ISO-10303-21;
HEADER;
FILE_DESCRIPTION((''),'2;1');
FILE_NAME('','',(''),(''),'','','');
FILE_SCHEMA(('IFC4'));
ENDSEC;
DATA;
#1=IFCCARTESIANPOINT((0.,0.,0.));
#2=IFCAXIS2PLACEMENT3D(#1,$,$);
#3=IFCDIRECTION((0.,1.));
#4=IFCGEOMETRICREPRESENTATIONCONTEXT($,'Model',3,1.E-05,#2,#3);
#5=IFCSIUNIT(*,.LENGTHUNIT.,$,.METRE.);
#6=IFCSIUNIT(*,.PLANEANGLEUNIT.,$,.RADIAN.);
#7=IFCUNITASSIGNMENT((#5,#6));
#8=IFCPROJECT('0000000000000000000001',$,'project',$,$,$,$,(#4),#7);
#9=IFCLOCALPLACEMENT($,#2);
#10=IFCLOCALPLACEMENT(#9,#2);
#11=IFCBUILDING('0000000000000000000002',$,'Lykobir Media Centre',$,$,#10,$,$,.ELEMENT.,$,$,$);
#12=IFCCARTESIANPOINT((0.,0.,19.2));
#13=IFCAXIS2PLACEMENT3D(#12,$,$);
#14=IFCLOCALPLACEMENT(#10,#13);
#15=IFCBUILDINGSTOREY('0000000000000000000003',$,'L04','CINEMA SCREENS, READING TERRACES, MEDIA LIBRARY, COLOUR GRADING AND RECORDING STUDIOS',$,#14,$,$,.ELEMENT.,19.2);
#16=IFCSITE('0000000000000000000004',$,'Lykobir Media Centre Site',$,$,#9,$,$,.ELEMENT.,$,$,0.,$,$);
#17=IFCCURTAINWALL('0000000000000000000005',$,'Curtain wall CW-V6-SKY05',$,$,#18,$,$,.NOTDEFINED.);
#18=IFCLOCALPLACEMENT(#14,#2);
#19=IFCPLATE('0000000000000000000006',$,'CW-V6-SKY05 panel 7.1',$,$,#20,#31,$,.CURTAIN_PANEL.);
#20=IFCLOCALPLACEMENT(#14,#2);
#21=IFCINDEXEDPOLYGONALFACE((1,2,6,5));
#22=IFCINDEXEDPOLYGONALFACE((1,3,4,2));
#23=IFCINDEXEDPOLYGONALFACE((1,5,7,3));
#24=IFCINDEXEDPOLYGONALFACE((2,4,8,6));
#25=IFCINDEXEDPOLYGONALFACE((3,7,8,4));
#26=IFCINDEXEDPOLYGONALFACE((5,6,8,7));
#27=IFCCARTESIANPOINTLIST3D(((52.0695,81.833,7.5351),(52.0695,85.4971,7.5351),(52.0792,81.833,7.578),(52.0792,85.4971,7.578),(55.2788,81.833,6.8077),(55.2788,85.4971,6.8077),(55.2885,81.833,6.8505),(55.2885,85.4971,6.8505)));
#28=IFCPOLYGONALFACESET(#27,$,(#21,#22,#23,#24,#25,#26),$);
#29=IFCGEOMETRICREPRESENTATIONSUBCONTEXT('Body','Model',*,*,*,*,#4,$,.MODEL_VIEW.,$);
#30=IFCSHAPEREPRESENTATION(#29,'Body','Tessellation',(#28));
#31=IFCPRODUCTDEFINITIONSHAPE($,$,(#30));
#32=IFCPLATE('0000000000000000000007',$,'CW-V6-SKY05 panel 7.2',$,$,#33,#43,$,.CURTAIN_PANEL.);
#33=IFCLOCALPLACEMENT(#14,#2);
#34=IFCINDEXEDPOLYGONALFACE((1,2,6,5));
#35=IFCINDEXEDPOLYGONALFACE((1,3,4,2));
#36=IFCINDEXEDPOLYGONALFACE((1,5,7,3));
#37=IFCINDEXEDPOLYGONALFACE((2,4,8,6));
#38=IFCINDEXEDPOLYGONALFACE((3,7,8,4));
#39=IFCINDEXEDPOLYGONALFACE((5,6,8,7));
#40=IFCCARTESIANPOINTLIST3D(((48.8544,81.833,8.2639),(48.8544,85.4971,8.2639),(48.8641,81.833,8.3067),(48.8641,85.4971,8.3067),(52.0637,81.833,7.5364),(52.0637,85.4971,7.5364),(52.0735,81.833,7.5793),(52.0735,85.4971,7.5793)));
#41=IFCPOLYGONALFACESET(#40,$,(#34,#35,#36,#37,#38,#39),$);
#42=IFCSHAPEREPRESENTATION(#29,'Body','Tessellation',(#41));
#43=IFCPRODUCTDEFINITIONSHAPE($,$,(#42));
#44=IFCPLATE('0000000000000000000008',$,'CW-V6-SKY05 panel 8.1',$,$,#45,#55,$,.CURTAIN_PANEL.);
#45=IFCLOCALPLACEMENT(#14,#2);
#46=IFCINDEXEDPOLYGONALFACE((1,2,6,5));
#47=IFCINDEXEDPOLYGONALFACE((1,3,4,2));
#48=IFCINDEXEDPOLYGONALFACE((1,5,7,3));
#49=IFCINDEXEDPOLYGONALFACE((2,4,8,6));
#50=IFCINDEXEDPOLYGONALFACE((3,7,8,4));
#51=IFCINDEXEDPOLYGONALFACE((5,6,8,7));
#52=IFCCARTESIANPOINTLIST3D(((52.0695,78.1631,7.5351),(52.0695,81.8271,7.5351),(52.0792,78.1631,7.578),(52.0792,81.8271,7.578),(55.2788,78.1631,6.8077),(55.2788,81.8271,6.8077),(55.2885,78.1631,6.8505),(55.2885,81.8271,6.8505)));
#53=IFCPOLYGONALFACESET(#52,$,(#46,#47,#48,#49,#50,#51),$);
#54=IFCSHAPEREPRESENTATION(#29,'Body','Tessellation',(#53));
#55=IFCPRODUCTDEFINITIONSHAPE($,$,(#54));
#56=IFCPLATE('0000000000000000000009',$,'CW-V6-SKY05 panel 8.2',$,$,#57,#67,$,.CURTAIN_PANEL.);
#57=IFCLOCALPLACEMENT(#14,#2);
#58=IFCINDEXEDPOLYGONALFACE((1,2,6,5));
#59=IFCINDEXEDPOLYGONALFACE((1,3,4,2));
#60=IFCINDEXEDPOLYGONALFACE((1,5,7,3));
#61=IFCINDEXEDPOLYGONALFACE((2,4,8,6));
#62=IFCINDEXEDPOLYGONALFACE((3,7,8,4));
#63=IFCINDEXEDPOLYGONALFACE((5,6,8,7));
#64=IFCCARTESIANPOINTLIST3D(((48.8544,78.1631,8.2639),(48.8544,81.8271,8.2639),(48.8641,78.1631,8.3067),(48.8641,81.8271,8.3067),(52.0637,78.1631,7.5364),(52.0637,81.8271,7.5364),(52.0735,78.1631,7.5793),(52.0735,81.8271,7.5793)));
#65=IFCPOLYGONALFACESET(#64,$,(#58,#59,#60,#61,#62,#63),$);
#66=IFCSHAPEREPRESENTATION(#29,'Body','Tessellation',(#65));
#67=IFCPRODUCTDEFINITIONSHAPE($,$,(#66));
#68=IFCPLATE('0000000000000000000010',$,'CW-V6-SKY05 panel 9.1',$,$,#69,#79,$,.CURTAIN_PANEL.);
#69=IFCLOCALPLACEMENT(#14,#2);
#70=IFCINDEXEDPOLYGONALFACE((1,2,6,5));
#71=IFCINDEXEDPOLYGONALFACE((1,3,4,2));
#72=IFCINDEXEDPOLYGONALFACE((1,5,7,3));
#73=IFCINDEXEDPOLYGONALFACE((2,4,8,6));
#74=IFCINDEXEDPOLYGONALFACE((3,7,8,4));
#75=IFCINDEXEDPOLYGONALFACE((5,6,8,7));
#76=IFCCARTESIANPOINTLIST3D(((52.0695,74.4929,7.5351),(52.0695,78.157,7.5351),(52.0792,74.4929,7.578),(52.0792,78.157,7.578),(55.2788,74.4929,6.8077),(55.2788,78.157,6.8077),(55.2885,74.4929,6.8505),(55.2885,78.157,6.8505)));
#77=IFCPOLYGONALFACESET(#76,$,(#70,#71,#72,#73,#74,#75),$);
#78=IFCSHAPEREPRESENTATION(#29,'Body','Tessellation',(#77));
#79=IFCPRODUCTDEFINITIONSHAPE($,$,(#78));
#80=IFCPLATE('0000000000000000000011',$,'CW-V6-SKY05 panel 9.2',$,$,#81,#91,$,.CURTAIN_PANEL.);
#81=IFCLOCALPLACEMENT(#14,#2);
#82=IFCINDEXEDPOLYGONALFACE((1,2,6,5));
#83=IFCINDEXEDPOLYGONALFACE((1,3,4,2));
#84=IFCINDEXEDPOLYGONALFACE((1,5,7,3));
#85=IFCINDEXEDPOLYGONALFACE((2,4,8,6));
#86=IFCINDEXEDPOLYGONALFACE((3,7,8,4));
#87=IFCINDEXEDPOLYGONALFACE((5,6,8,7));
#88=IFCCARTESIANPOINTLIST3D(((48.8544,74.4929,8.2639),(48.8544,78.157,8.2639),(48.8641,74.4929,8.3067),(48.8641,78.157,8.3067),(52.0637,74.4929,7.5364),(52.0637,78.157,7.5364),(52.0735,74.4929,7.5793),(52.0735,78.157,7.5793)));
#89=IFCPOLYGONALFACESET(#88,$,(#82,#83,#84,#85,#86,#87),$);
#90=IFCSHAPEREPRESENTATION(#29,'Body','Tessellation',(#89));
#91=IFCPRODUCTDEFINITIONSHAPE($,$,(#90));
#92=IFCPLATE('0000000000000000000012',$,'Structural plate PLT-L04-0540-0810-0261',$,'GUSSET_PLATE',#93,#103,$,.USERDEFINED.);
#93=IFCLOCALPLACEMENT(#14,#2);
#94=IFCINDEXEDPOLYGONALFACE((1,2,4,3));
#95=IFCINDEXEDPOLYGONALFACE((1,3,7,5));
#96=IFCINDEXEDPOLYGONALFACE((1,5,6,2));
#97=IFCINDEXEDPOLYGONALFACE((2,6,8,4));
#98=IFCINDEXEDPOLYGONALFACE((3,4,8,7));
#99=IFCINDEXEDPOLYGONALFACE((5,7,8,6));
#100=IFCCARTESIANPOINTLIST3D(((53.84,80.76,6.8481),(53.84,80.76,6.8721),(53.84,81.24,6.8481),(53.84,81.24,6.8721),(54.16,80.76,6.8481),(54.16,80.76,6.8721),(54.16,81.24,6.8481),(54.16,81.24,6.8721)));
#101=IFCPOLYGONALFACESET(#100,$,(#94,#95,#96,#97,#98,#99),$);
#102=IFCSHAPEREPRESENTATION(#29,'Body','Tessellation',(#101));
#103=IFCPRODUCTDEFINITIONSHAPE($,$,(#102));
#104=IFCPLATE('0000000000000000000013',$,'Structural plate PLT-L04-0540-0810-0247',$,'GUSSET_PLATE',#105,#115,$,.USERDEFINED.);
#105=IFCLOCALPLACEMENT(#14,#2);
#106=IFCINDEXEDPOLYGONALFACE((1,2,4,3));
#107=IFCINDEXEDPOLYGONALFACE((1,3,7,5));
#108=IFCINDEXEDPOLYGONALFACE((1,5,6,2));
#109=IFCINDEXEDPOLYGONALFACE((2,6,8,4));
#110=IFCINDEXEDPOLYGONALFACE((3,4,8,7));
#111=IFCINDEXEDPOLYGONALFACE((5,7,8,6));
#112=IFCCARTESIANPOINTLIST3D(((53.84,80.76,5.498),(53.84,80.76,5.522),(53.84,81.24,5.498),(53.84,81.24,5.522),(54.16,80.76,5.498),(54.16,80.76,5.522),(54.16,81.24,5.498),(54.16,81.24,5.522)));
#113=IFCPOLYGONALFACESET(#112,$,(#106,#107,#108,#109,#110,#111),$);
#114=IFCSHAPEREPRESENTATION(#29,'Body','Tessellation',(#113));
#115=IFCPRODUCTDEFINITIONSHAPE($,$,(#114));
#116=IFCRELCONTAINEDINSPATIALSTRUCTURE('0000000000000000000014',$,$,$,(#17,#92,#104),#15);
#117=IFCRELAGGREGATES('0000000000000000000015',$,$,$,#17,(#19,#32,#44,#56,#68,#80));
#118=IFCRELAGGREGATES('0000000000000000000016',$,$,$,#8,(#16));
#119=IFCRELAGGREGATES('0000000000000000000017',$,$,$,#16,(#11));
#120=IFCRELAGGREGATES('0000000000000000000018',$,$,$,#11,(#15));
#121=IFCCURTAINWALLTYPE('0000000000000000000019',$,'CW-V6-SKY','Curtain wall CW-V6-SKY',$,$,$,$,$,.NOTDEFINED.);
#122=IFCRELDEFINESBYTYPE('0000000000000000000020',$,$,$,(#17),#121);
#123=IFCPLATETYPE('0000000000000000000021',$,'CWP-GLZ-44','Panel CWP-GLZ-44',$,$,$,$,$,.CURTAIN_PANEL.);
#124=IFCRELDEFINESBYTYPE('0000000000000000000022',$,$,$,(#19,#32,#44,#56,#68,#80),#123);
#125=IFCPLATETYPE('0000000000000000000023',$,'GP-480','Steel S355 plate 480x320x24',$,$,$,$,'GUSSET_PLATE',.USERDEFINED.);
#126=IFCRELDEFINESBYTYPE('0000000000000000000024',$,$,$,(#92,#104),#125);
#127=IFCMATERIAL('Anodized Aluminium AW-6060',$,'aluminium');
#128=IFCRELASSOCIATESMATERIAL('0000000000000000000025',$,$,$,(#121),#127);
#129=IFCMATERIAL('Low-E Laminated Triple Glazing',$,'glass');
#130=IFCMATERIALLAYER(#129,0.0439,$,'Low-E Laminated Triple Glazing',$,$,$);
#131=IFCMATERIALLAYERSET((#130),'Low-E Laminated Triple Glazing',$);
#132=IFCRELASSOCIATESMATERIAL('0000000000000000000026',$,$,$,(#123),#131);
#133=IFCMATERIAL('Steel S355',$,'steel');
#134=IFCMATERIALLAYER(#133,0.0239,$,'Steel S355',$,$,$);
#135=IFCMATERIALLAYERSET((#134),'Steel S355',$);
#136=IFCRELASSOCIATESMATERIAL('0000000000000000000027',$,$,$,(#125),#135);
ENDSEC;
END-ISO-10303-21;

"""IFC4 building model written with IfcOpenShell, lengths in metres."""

from ifc_helpers import new_model, si_unit, direction, frame, origin, origin_2d, place, context, subcontext, project, spatial, rectangle, extrude, material, layer, layer_set, type_object, element, aggregate, save


model = new_model("IFC4")

# Units and contexts
model_context = context("Model", 3, precision=1e-05, world=origin(), true_north=direction((0.0, 1.0)))
body_context = subcontext(model_context, "Body", "Model", "MODEL_VIEW")
ifc_project = project(units=[si_unit("LENGTHUNIT", "METRE"), si_unit("PLANEANGLEUNIT", "RADIAN")], contexts=[model_context])

# Site, building, storey
site_placement = place(None, origin())
site = spatial("IfcSite", under=ifc_project, at=site_placement, Name="Lykobir Media Centre Site", CompositionType="ELEMENT", RefElevation=0.0)
building_placement = place(site_placement, origin())
building = spatial("IfcBuilding", under=site, at=building_placement, Name="Lykobir Media Centre", CompositionType="ELEMENT")
storey_placement = place(building_placement, frame((0.0, 0.0, 19.2)))
storey = spatial("IfcBuildingStorey", under=building, at=storey_placement, Name="L04", Description="CINEMA SCREENS, READING TERRACES, MEDIA LIBRARY, COLOUR GRADING AND RECORDING STUDIOS", CompositionType="ELEMENT", Elevation=19.2)

# Shared definitions
ifc_material_1 = material(Name="Steel S355", Category="steel")

# Curtain wall
ifc_material_2 = material(Name="Anodized Aluminium AW-6060", Category="aluminium")
curtain_wall_type = type_object("IfcCurtainWallType", Name="CW-V6-SKY", Description="Curtain wall CW-V6-SKY", PredefinedType="NOTDEFINED", material=ifc_material_2)
curtain_wall_1_placement = place(storey_placement, origin())
curtain_wall_1 = element("IfcCurtainWall", 1, at=curtain_wall_1_placement, inside=storey, type_object=curtain_wall_type, Name="Curtain wall CW-V6-SKY05", PredefinedType="NOTDEFINED")

# Plates
ifc_material_3 = material(Name="Low-E Laminated Triple Glazing", Category="glass")
ifc_layer_1 = layer(ifc_material_3, 0.0439, Name="Low-E Laminated Triple Glazing")
ifc_layer_set_1 = layer_set([ifc_layer_1], Name="Low-E Laminated Triple Glazing")
plate_type_1 = type_object("IfcPlateType", Name="CWP-GLZ-44", Description="Panel CWP-GLZ-44", PredefinedType="CURTAIN_PANEL", material=ifc_layer_set_1)
plate_1_placement = place(storey_placement, frame((55.2837, 83.665, 6.8291), z_axis=(-0.975261, 0.0, 0.221055), x_axis=(0.0, -1.0, 0.0)))
plate_1 = element("IfcPlate", 2, at=plate_1_placement, type_object=plate_type_1, Name="CW-V6-SKY05 panel 7.1", PredefinedType="CURTAIN_PANEL", context=body_context, shape_type="SweptSolid", body=[
    extrude(rectangle(XDim=3.6641, YDim=0.0439, at=origin_2d()), origin(), (0.0, 0.0, 1.0), 3.2908),
])
plate_2_placement = place(storey_placement, frame((52.0686, 83.665, 7.5579), z_axis=(-0.975261, 0.0, 0.221055), x_axis=(0.0, -1.0, 0.0)))
plate_2 = element("IfcPlate", 3, at=plate_2_placement, type_object=plate_type_1, Name="CW-V6-SKY05 panel 7.2", PredefinedType="CURTAIN_PANEL", context=body_context, shape_type="SweptSolid", body=[
    extrude(rectangle(XDim=3.6641, YDim=0.0439, at=origin_2d()), origin(), (0.0, 0.0, 1.0), 3.2908),
])
plate_3_placement = place(storey_placement, frame((55.2837, 79.9951, 6.8291), z_axis=(-0.975261, 0.0, 0.221055), x_axis=(0.0, -1.0, 0.0)))
plate_3 = element("IfcPlate", 4, at=plate_3_placement, type_object=plate_type_1, Name="CW-V6-SKY05 panel 8.1", PredefinedType="CURTAIN_PANEL", context=body_context, shape_type="SweptSolid", body=[
    extrude(rectangle(XDim=3.6641, YDim=0.0439, at=origin_2d()), origin(), (0.0, 0.0, 1.0), 3.2908),
])
plate_4_placement = place(storey_placement, frame((52.0686, 79.9951, 7.5579), z_axis=(-0.975261, 0.0, 0.221055), x_axis=(0.0, -1.0, 0.0)))
plate_4 = element("IfcPlate", 5, at=plate_4_placement, type_object=plate_type_1, Name="CW-V6-SKY05 panel 8.2", PredefinedType="CURTAIN_PANEL", context=body_context, shape_type="SweptSolid", body=[
    extrude(rectangle(XDim=3.6641, YDim=0.0439, at=origin_2d()), origin(), (0.0, 0.0, 1.0), 3.2908),
])
plate_5_placement = place(storey_placement, frame((55.2837, 76.325, 6.8291), z_axis=(-0.975261, 0.0, 0.221055), x_axis=(0.0, -1.0, 0.0)))
plate_5 = element("IfcPlate", 6, at=plate_5_placement, type_object=plate_type_1, Name="CW-V6-SKY05 panel 9.1", PredefinedType="CURTAIN_PANEL", context=body_context, shape_type="SweptSolid", body=[
    extrude(rectangle(XDim=3.6641, YDim=0.0439, at=origin_2d()), origin(), (0.0, 0.0, 1.0), 3.2908),
])
plate_6_placement = place(storey_placement, frame((52.0686, 76.325, 7.5579), z_axis=(-0.975261, 0.0, 0.221055), x_axis=(0.0, -1.0, 0.0)))
plate_6 = element("IfcPlate", 7, at=plate_6_placement, type_object=plate_type_1, Name="CW-V6-SKY05 panel 9.2", PredefinedType="CURTAIN_PANEL", context=body_context, shape_type="SweptSolid", body=[
    extrude(rectangle(XDim=3.6641, YDim=0.0439, at=origin_2d()), origin(), (0.0, 0.0, 1.0), 3.2908),
])
aggregate(curtain_wall_1, [plate_1, plate_2, plate_3, plate_4, plate_5, plate_6])

# Plates
ifc_layer_2 = layer(ifc_material_1, 0.0239, Name="Steel S355")
ifc_layer_set_2 = layer_set([ifc_layer_2], Name="Steel S355")
plate_type_2 = type_object("IfcPlateType", Name="GP-480", Description="Steel S355 plate 480x320x24", ElementType="GUSSET_PLATE", PredefinedType="USERDEFINED", material=ifc_layer_set_2)
for number, where, z_axis, x_axis, name in (
    (8, (54.0, 81.0, 6.8481), (0.0, 0.0, 1.0), (0.0, 1.0, 0.0), "Structural plate PLT-L04-0540-0810-0261"),
    (9, (54.0, 81.0, 5.498), (0.0, 0.0, 1.0), (0.0, 1.0, 0.0), "Structural plate PLT-L04-0540-0810-0247"),
):
    element("IfcPlate", number, at=place(storey_placement, frame(where, z_axis=z_axis, x_axis=x_axis)), inside=storey, type_object=plate_type_2, Name=name, ObjectType="GUSSET_PLATE", PredefinedType="USERDEFINED", context=body_context, shape_type="SweptSolid", body=[
        extrude(rectangle(XDim=0.48, YDim=0.3201, at=origin_2d()), origin(), (0.0, 0.0, 1.0), 0.0239),
    ])

save(model, "model.ifc")
